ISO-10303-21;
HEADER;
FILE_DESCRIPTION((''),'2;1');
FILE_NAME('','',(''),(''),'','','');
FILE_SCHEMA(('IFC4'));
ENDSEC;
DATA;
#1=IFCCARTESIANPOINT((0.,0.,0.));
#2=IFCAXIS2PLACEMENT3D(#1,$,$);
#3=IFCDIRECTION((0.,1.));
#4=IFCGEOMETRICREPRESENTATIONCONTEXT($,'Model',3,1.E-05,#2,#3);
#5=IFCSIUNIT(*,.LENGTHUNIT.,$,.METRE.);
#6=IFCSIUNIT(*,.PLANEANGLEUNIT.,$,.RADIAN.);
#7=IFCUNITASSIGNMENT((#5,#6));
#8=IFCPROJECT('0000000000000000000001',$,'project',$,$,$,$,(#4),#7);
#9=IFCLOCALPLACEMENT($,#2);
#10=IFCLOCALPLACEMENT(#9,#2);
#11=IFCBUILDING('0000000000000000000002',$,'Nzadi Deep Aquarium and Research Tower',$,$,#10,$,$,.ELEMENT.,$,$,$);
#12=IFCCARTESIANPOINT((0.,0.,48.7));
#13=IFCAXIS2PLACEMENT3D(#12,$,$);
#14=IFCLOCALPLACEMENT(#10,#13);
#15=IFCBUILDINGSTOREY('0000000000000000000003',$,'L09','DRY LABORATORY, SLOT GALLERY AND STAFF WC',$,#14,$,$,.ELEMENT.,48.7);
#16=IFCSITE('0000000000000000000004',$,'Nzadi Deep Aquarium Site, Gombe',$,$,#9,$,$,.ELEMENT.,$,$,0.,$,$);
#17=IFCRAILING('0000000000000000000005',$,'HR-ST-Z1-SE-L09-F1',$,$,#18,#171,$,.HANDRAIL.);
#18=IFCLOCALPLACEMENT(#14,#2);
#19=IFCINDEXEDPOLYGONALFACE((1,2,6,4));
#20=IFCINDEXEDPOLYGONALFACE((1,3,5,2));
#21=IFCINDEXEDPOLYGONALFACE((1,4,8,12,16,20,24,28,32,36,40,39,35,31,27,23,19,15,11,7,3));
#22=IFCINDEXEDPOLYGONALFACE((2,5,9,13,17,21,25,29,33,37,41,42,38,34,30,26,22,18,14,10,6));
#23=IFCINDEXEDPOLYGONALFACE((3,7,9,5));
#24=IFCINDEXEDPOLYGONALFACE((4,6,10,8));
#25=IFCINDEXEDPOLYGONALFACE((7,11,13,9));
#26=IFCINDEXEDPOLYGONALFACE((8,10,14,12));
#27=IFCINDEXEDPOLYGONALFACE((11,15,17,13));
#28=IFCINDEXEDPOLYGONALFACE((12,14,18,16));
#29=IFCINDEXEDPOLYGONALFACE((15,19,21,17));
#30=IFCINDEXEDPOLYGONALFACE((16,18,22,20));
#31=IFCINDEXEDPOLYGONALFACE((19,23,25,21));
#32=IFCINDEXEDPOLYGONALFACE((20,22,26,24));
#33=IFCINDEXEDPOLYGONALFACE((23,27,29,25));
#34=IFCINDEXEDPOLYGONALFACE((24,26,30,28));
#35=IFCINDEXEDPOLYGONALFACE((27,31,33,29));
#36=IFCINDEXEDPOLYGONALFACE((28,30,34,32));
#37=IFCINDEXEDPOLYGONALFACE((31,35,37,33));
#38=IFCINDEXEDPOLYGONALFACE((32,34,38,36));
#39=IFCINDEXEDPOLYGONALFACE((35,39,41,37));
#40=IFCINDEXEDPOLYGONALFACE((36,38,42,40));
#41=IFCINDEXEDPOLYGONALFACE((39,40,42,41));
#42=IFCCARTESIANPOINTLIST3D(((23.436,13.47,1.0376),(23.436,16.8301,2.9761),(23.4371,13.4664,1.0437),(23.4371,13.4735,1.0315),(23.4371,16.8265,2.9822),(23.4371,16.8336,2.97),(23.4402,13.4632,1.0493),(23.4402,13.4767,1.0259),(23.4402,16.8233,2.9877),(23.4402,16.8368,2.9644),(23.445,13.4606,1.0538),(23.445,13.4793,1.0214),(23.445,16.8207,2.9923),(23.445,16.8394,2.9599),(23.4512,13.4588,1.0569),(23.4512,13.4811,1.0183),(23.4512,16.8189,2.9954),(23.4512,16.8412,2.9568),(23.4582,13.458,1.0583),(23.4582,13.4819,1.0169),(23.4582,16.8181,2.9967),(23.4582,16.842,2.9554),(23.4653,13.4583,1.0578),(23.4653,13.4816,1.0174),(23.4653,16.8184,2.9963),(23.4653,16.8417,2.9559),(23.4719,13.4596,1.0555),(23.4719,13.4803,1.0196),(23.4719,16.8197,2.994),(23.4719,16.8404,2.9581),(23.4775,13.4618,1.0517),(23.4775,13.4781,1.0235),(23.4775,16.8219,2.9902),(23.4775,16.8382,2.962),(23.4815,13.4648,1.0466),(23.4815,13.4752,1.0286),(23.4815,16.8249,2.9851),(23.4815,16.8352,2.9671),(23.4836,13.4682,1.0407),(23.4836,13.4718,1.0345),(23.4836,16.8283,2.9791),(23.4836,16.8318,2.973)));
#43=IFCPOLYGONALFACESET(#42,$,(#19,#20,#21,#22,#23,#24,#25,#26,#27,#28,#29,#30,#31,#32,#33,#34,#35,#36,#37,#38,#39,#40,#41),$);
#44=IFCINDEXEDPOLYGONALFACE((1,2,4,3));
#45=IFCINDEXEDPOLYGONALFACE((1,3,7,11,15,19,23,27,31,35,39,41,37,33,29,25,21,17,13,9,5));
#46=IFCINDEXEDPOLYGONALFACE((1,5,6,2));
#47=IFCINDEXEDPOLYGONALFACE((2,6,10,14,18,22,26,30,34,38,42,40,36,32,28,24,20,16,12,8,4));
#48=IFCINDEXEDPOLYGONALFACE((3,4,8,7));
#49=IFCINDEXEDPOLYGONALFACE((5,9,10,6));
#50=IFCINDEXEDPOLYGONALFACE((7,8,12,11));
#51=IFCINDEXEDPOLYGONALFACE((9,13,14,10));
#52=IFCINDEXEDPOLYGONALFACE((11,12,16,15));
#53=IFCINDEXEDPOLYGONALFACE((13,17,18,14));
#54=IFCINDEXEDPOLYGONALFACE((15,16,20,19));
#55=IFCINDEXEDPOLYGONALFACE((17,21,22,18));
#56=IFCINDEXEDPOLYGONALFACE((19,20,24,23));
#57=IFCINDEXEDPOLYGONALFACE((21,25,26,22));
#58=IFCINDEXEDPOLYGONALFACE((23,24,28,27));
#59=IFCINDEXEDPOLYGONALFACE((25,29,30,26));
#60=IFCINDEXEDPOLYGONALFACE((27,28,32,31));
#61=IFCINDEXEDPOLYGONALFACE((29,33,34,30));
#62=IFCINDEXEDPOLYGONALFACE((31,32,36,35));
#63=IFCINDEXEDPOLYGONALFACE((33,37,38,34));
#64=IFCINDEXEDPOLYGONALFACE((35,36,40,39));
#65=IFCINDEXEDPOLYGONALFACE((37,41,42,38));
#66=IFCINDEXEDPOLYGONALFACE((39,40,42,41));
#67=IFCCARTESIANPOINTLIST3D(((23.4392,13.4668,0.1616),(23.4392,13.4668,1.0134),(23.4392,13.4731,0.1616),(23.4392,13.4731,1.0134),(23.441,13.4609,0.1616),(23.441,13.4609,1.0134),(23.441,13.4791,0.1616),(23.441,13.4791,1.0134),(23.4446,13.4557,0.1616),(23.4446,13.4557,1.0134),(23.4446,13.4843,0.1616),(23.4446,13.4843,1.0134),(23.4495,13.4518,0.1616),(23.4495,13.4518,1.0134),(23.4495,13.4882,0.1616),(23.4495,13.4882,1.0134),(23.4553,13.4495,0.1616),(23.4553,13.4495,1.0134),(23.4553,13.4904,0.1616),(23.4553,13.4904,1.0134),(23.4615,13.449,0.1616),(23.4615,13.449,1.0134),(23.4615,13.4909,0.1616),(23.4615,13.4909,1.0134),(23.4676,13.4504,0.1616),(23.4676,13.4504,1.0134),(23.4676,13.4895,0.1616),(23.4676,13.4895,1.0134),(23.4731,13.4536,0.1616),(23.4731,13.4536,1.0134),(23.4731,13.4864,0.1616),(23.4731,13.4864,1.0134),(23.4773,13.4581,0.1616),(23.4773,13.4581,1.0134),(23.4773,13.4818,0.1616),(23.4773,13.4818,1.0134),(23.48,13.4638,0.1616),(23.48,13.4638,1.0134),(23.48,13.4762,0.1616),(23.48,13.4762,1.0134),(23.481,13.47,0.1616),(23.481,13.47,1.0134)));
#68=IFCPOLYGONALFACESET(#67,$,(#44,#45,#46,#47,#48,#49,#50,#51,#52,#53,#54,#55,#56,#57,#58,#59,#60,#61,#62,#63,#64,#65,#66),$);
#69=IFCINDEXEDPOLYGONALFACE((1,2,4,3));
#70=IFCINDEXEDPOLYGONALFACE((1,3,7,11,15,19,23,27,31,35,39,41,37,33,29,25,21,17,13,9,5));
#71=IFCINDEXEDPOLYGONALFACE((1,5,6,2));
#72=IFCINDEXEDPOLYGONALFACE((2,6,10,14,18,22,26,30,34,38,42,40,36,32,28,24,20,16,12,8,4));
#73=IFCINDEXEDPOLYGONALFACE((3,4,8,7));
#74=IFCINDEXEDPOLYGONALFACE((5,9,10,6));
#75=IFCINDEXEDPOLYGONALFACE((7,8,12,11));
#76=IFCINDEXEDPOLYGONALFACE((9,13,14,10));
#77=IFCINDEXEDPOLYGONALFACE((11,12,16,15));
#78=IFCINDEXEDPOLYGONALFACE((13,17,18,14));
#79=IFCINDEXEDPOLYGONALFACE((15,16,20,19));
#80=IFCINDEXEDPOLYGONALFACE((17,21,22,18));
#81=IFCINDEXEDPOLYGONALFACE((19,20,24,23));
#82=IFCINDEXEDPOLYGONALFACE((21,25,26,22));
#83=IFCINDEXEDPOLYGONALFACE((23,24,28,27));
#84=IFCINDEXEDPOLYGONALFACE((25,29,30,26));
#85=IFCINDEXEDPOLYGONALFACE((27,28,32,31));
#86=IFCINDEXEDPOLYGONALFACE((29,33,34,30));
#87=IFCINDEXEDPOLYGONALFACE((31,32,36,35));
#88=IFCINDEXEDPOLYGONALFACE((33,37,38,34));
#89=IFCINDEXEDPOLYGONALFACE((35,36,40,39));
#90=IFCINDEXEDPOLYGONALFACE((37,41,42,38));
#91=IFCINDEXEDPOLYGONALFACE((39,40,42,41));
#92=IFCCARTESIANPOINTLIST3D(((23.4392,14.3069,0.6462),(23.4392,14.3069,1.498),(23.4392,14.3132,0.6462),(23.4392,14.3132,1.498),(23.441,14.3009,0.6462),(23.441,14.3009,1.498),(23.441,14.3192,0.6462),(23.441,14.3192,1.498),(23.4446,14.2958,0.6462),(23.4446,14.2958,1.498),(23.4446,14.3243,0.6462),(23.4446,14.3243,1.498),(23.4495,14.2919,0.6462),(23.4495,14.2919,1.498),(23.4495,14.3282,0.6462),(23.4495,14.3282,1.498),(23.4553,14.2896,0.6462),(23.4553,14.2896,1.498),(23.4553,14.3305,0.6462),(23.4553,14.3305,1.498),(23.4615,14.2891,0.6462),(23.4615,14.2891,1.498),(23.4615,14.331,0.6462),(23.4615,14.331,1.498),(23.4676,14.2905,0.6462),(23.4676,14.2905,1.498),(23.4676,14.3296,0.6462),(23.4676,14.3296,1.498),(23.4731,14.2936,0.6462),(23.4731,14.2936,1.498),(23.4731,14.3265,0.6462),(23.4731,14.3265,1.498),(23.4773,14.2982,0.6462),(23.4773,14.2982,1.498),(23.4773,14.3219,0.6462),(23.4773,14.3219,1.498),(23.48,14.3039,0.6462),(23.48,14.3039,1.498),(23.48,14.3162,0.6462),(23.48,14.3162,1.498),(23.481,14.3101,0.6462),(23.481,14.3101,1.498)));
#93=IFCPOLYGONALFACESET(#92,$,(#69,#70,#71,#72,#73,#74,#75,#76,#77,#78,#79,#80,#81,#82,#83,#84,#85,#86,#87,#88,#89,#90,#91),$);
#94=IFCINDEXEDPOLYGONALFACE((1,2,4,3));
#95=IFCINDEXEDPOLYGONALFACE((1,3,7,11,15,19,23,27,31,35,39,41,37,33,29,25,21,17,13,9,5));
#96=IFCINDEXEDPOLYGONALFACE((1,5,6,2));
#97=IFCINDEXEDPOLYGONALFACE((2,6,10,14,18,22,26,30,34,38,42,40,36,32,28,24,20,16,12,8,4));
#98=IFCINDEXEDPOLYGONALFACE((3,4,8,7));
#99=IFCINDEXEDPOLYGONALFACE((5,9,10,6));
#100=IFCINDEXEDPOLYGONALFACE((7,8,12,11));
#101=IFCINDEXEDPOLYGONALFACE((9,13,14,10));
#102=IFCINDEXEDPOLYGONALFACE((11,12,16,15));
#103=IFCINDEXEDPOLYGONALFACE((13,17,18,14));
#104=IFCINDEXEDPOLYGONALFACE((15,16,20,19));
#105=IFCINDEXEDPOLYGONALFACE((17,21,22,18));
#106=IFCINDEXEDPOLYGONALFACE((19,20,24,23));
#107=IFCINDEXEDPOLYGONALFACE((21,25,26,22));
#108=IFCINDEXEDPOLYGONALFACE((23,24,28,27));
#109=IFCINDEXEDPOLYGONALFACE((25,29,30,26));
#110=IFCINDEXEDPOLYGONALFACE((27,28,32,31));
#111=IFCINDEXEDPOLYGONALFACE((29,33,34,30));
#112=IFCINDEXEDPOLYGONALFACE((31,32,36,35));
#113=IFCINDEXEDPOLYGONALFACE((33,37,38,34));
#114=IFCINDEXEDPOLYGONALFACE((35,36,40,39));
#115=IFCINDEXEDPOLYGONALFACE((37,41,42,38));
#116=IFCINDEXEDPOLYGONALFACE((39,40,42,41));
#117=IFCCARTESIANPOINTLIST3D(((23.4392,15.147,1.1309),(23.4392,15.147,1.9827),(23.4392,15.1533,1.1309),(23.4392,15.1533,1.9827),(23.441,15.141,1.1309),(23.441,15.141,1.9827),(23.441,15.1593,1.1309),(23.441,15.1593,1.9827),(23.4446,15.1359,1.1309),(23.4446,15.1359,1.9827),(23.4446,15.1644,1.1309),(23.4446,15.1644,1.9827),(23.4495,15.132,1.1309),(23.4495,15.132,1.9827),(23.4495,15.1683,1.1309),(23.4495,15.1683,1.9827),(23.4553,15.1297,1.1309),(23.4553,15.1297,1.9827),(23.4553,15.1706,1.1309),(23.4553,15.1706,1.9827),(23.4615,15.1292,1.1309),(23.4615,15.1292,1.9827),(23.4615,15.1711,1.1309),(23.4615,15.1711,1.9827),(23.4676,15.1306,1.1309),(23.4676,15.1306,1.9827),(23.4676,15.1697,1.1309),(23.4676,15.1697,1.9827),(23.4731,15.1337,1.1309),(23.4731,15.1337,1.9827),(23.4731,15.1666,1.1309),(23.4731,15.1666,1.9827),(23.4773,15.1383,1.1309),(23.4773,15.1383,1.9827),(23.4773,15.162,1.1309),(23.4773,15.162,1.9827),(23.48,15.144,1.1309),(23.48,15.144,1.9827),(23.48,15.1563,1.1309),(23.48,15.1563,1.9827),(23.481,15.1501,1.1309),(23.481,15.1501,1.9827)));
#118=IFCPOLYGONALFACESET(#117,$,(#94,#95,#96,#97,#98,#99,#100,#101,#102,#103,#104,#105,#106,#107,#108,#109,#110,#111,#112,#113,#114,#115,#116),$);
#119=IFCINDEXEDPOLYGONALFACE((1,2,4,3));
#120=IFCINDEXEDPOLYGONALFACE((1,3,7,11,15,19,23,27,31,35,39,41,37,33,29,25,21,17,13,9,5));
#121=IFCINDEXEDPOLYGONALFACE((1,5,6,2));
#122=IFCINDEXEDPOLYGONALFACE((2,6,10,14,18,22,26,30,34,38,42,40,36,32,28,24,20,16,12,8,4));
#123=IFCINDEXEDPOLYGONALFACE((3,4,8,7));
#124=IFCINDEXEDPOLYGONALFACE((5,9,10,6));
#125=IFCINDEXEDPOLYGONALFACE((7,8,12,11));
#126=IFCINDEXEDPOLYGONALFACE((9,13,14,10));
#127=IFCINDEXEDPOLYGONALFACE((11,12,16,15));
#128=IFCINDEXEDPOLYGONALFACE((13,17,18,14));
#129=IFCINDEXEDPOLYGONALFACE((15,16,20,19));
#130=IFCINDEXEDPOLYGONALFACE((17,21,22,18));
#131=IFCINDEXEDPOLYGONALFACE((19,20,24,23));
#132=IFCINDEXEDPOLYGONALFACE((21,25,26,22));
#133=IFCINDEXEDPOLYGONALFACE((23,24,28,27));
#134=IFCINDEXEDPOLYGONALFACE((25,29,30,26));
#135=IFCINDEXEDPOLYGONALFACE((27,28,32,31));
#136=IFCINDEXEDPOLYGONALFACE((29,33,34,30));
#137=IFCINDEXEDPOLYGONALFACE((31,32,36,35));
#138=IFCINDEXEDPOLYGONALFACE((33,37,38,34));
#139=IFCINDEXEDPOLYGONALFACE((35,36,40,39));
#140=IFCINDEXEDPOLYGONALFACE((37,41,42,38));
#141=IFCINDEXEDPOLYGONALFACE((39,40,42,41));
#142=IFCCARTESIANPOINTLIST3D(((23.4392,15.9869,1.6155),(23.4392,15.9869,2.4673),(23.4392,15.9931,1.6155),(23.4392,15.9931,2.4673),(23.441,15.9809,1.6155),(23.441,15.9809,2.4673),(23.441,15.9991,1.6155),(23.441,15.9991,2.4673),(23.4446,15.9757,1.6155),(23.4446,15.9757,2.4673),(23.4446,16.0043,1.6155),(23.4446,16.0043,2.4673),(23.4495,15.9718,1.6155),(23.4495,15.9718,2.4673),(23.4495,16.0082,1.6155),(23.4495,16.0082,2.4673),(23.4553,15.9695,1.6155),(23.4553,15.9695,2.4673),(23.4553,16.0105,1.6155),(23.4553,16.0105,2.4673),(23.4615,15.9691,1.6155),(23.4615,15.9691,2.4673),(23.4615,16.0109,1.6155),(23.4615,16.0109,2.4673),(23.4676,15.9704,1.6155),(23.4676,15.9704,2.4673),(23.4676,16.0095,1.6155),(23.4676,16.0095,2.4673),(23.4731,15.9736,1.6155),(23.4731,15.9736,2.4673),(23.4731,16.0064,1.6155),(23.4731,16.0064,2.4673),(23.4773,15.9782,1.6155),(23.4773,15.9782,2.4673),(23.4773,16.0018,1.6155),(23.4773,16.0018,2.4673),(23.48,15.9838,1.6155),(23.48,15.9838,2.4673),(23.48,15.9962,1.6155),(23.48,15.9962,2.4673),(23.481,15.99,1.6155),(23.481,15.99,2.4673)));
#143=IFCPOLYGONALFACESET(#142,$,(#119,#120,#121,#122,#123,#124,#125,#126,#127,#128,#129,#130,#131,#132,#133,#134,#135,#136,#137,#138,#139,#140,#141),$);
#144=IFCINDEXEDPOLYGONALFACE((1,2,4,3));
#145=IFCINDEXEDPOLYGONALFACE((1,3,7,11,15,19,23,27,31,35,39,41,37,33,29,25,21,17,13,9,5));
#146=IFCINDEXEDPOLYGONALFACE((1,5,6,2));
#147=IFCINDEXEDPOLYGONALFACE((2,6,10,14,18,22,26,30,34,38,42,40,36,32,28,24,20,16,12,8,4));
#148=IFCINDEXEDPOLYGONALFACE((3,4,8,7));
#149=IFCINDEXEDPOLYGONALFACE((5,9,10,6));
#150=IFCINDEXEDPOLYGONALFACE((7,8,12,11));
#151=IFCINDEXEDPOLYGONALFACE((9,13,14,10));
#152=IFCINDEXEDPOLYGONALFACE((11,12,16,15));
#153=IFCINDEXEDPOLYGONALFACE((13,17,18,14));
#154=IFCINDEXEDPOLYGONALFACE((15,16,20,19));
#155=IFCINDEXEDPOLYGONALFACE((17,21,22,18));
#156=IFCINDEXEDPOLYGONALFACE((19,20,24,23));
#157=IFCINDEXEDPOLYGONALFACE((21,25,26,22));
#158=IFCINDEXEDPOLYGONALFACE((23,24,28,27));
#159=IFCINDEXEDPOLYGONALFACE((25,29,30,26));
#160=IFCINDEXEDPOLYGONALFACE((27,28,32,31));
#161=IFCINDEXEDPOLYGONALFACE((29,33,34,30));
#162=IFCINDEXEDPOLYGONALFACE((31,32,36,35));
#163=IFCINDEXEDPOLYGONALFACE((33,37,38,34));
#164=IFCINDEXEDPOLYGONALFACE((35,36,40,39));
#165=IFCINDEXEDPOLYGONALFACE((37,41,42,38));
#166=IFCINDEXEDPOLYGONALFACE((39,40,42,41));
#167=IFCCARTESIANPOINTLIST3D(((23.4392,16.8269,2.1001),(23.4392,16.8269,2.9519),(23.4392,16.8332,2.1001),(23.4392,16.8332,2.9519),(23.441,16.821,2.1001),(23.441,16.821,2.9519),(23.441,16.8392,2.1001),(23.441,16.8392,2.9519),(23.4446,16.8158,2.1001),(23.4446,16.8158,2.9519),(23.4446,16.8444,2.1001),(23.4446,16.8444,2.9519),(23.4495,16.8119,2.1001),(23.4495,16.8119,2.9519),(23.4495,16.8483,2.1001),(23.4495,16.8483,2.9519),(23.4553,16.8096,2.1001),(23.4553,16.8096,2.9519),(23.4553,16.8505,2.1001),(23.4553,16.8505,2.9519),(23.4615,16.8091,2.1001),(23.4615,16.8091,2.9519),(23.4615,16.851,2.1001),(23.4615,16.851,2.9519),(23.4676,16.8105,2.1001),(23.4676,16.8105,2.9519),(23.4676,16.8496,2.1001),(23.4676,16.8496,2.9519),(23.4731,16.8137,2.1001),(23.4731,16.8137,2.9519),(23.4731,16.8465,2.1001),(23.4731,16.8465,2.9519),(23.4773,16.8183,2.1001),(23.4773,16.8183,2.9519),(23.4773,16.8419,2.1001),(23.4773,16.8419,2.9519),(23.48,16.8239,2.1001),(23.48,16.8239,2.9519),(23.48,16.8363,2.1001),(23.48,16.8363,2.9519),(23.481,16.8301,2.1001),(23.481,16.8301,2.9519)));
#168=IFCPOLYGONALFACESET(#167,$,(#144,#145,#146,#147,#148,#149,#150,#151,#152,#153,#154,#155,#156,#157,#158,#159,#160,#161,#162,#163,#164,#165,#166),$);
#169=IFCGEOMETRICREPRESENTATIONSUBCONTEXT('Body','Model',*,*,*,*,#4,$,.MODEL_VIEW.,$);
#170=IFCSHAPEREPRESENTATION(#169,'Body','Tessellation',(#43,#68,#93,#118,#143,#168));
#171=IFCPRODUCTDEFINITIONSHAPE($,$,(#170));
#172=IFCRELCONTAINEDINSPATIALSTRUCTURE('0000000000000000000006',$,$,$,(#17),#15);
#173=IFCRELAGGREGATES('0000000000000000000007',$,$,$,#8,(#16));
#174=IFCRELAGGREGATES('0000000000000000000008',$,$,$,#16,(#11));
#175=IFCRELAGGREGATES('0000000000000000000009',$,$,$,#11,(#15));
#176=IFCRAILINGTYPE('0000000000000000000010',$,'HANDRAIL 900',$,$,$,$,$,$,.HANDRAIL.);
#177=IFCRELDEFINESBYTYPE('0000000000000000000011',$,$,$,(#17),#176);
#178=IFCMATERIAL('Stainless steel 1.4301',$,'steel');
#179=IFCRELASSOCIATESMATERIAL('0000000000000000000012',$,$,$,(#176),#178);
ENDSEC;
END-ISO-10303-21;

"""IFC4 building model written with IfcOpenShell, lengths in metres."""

from ifc_helpers import new_model, si_unit, direction, frame, origin, origin_2d, place, context, subcontext, project, spatial, circle, extrude, material, type_object, element, save


model = new_model("IFC4")

# Units and contexts
model_context = context("Model", 3, precision=1e-05, world=origin(), true_north=direction((0.0, 1.0)))
body_context = subcontext(model_context, "Body", "Model", "MODEL_VIEW")
ifc_project = project(units=[si_unit("LENGTHUNIT", "METRE"), si_unit("PLANEANGLEUNIT", "RADIAN")], contexts=[model_context])

# Site, building, storey
site_placement = place(None, origin())
site = spatial("IfcSite", under=ifc_project, at=site_placement, Name="Nzadi Deep Aquarium Site, Gombe", CompositionType="ELEMENT", RefElevation=0.0)
building_placement = place(site_placement, origin())
building = spatial("IfcBuilding", under=site, at=building_placement, Name="Nzadi Deep Aquarium and Research Tower", CompositionType="ELEMENT")
storey_placement = place(building_placement, frame((0.0, 0.0, 48.7)))
storey = spatial("IfcBuildingStorey", under=building, at=storey_placement, Name="L09", Description="DRY LABORATORY, SLOT GALLERY AND STAFF WC", CompositionType="ELEMENT", Elevation=48.7)

# Railing
ifc_material_1 = material(Name="Stainless steel 1.4301", Category="steel")
railing_type = type_object("IfcRailingType", Name="HANDRAIL 900", PredefinedType="HANDRAIL", material=ifc_material_1)
railing_placement = place(storey_placement, frame((23.46, 13.47, 0.1616)))
element("IfcRailing", 1, at=railing_placement, inside=storey, type_object=railing_type, Name="HR-ST-Z1-SE-L09-F1", PredefinedType="HANDRAIL", context=body_context, shape_type="SweptSolid", body=[
    extrude(circle(Radius=0.0239, at=origin_2d()), frame((0.0, 0.0, 0.876), z_axis=(0.0, 0.866191, 0.499713), x_axis=(-1.0, 0.0, 0.0)), (0.0, 0.0, 1.0), 3.8792),
    extrude(circle(Radius=0.021, at=origin_2d()), origin(), (0.0, 0.0, 1.0), 0.8518),
    extrude(circle(Radius=0.021, at=origin_2d()), frame((0.0, 0.8401, 0.4846)), (0.0, 0.0, 1.0), 0.8518),
    extrude(circle(Radius=0.021, at=origin_2d()), frame((0.0, 1.6802, 0.9692)), (0.0, 0.0, 1.0), 0.8518),
    extrude(circle(Radius=0.021, at=origin_2d()), frame((0.0, 2.52, 1.4539)), (0.0, 0.0, 1.0), 0.8518),
    extrude(circle(Radius=0.021, at=origin_2d()), frame((0.0, 3.3601, 1.9385)), (0.0, 0.0, 1.0), 0.8518),
])

save(model, "model.ifc")
